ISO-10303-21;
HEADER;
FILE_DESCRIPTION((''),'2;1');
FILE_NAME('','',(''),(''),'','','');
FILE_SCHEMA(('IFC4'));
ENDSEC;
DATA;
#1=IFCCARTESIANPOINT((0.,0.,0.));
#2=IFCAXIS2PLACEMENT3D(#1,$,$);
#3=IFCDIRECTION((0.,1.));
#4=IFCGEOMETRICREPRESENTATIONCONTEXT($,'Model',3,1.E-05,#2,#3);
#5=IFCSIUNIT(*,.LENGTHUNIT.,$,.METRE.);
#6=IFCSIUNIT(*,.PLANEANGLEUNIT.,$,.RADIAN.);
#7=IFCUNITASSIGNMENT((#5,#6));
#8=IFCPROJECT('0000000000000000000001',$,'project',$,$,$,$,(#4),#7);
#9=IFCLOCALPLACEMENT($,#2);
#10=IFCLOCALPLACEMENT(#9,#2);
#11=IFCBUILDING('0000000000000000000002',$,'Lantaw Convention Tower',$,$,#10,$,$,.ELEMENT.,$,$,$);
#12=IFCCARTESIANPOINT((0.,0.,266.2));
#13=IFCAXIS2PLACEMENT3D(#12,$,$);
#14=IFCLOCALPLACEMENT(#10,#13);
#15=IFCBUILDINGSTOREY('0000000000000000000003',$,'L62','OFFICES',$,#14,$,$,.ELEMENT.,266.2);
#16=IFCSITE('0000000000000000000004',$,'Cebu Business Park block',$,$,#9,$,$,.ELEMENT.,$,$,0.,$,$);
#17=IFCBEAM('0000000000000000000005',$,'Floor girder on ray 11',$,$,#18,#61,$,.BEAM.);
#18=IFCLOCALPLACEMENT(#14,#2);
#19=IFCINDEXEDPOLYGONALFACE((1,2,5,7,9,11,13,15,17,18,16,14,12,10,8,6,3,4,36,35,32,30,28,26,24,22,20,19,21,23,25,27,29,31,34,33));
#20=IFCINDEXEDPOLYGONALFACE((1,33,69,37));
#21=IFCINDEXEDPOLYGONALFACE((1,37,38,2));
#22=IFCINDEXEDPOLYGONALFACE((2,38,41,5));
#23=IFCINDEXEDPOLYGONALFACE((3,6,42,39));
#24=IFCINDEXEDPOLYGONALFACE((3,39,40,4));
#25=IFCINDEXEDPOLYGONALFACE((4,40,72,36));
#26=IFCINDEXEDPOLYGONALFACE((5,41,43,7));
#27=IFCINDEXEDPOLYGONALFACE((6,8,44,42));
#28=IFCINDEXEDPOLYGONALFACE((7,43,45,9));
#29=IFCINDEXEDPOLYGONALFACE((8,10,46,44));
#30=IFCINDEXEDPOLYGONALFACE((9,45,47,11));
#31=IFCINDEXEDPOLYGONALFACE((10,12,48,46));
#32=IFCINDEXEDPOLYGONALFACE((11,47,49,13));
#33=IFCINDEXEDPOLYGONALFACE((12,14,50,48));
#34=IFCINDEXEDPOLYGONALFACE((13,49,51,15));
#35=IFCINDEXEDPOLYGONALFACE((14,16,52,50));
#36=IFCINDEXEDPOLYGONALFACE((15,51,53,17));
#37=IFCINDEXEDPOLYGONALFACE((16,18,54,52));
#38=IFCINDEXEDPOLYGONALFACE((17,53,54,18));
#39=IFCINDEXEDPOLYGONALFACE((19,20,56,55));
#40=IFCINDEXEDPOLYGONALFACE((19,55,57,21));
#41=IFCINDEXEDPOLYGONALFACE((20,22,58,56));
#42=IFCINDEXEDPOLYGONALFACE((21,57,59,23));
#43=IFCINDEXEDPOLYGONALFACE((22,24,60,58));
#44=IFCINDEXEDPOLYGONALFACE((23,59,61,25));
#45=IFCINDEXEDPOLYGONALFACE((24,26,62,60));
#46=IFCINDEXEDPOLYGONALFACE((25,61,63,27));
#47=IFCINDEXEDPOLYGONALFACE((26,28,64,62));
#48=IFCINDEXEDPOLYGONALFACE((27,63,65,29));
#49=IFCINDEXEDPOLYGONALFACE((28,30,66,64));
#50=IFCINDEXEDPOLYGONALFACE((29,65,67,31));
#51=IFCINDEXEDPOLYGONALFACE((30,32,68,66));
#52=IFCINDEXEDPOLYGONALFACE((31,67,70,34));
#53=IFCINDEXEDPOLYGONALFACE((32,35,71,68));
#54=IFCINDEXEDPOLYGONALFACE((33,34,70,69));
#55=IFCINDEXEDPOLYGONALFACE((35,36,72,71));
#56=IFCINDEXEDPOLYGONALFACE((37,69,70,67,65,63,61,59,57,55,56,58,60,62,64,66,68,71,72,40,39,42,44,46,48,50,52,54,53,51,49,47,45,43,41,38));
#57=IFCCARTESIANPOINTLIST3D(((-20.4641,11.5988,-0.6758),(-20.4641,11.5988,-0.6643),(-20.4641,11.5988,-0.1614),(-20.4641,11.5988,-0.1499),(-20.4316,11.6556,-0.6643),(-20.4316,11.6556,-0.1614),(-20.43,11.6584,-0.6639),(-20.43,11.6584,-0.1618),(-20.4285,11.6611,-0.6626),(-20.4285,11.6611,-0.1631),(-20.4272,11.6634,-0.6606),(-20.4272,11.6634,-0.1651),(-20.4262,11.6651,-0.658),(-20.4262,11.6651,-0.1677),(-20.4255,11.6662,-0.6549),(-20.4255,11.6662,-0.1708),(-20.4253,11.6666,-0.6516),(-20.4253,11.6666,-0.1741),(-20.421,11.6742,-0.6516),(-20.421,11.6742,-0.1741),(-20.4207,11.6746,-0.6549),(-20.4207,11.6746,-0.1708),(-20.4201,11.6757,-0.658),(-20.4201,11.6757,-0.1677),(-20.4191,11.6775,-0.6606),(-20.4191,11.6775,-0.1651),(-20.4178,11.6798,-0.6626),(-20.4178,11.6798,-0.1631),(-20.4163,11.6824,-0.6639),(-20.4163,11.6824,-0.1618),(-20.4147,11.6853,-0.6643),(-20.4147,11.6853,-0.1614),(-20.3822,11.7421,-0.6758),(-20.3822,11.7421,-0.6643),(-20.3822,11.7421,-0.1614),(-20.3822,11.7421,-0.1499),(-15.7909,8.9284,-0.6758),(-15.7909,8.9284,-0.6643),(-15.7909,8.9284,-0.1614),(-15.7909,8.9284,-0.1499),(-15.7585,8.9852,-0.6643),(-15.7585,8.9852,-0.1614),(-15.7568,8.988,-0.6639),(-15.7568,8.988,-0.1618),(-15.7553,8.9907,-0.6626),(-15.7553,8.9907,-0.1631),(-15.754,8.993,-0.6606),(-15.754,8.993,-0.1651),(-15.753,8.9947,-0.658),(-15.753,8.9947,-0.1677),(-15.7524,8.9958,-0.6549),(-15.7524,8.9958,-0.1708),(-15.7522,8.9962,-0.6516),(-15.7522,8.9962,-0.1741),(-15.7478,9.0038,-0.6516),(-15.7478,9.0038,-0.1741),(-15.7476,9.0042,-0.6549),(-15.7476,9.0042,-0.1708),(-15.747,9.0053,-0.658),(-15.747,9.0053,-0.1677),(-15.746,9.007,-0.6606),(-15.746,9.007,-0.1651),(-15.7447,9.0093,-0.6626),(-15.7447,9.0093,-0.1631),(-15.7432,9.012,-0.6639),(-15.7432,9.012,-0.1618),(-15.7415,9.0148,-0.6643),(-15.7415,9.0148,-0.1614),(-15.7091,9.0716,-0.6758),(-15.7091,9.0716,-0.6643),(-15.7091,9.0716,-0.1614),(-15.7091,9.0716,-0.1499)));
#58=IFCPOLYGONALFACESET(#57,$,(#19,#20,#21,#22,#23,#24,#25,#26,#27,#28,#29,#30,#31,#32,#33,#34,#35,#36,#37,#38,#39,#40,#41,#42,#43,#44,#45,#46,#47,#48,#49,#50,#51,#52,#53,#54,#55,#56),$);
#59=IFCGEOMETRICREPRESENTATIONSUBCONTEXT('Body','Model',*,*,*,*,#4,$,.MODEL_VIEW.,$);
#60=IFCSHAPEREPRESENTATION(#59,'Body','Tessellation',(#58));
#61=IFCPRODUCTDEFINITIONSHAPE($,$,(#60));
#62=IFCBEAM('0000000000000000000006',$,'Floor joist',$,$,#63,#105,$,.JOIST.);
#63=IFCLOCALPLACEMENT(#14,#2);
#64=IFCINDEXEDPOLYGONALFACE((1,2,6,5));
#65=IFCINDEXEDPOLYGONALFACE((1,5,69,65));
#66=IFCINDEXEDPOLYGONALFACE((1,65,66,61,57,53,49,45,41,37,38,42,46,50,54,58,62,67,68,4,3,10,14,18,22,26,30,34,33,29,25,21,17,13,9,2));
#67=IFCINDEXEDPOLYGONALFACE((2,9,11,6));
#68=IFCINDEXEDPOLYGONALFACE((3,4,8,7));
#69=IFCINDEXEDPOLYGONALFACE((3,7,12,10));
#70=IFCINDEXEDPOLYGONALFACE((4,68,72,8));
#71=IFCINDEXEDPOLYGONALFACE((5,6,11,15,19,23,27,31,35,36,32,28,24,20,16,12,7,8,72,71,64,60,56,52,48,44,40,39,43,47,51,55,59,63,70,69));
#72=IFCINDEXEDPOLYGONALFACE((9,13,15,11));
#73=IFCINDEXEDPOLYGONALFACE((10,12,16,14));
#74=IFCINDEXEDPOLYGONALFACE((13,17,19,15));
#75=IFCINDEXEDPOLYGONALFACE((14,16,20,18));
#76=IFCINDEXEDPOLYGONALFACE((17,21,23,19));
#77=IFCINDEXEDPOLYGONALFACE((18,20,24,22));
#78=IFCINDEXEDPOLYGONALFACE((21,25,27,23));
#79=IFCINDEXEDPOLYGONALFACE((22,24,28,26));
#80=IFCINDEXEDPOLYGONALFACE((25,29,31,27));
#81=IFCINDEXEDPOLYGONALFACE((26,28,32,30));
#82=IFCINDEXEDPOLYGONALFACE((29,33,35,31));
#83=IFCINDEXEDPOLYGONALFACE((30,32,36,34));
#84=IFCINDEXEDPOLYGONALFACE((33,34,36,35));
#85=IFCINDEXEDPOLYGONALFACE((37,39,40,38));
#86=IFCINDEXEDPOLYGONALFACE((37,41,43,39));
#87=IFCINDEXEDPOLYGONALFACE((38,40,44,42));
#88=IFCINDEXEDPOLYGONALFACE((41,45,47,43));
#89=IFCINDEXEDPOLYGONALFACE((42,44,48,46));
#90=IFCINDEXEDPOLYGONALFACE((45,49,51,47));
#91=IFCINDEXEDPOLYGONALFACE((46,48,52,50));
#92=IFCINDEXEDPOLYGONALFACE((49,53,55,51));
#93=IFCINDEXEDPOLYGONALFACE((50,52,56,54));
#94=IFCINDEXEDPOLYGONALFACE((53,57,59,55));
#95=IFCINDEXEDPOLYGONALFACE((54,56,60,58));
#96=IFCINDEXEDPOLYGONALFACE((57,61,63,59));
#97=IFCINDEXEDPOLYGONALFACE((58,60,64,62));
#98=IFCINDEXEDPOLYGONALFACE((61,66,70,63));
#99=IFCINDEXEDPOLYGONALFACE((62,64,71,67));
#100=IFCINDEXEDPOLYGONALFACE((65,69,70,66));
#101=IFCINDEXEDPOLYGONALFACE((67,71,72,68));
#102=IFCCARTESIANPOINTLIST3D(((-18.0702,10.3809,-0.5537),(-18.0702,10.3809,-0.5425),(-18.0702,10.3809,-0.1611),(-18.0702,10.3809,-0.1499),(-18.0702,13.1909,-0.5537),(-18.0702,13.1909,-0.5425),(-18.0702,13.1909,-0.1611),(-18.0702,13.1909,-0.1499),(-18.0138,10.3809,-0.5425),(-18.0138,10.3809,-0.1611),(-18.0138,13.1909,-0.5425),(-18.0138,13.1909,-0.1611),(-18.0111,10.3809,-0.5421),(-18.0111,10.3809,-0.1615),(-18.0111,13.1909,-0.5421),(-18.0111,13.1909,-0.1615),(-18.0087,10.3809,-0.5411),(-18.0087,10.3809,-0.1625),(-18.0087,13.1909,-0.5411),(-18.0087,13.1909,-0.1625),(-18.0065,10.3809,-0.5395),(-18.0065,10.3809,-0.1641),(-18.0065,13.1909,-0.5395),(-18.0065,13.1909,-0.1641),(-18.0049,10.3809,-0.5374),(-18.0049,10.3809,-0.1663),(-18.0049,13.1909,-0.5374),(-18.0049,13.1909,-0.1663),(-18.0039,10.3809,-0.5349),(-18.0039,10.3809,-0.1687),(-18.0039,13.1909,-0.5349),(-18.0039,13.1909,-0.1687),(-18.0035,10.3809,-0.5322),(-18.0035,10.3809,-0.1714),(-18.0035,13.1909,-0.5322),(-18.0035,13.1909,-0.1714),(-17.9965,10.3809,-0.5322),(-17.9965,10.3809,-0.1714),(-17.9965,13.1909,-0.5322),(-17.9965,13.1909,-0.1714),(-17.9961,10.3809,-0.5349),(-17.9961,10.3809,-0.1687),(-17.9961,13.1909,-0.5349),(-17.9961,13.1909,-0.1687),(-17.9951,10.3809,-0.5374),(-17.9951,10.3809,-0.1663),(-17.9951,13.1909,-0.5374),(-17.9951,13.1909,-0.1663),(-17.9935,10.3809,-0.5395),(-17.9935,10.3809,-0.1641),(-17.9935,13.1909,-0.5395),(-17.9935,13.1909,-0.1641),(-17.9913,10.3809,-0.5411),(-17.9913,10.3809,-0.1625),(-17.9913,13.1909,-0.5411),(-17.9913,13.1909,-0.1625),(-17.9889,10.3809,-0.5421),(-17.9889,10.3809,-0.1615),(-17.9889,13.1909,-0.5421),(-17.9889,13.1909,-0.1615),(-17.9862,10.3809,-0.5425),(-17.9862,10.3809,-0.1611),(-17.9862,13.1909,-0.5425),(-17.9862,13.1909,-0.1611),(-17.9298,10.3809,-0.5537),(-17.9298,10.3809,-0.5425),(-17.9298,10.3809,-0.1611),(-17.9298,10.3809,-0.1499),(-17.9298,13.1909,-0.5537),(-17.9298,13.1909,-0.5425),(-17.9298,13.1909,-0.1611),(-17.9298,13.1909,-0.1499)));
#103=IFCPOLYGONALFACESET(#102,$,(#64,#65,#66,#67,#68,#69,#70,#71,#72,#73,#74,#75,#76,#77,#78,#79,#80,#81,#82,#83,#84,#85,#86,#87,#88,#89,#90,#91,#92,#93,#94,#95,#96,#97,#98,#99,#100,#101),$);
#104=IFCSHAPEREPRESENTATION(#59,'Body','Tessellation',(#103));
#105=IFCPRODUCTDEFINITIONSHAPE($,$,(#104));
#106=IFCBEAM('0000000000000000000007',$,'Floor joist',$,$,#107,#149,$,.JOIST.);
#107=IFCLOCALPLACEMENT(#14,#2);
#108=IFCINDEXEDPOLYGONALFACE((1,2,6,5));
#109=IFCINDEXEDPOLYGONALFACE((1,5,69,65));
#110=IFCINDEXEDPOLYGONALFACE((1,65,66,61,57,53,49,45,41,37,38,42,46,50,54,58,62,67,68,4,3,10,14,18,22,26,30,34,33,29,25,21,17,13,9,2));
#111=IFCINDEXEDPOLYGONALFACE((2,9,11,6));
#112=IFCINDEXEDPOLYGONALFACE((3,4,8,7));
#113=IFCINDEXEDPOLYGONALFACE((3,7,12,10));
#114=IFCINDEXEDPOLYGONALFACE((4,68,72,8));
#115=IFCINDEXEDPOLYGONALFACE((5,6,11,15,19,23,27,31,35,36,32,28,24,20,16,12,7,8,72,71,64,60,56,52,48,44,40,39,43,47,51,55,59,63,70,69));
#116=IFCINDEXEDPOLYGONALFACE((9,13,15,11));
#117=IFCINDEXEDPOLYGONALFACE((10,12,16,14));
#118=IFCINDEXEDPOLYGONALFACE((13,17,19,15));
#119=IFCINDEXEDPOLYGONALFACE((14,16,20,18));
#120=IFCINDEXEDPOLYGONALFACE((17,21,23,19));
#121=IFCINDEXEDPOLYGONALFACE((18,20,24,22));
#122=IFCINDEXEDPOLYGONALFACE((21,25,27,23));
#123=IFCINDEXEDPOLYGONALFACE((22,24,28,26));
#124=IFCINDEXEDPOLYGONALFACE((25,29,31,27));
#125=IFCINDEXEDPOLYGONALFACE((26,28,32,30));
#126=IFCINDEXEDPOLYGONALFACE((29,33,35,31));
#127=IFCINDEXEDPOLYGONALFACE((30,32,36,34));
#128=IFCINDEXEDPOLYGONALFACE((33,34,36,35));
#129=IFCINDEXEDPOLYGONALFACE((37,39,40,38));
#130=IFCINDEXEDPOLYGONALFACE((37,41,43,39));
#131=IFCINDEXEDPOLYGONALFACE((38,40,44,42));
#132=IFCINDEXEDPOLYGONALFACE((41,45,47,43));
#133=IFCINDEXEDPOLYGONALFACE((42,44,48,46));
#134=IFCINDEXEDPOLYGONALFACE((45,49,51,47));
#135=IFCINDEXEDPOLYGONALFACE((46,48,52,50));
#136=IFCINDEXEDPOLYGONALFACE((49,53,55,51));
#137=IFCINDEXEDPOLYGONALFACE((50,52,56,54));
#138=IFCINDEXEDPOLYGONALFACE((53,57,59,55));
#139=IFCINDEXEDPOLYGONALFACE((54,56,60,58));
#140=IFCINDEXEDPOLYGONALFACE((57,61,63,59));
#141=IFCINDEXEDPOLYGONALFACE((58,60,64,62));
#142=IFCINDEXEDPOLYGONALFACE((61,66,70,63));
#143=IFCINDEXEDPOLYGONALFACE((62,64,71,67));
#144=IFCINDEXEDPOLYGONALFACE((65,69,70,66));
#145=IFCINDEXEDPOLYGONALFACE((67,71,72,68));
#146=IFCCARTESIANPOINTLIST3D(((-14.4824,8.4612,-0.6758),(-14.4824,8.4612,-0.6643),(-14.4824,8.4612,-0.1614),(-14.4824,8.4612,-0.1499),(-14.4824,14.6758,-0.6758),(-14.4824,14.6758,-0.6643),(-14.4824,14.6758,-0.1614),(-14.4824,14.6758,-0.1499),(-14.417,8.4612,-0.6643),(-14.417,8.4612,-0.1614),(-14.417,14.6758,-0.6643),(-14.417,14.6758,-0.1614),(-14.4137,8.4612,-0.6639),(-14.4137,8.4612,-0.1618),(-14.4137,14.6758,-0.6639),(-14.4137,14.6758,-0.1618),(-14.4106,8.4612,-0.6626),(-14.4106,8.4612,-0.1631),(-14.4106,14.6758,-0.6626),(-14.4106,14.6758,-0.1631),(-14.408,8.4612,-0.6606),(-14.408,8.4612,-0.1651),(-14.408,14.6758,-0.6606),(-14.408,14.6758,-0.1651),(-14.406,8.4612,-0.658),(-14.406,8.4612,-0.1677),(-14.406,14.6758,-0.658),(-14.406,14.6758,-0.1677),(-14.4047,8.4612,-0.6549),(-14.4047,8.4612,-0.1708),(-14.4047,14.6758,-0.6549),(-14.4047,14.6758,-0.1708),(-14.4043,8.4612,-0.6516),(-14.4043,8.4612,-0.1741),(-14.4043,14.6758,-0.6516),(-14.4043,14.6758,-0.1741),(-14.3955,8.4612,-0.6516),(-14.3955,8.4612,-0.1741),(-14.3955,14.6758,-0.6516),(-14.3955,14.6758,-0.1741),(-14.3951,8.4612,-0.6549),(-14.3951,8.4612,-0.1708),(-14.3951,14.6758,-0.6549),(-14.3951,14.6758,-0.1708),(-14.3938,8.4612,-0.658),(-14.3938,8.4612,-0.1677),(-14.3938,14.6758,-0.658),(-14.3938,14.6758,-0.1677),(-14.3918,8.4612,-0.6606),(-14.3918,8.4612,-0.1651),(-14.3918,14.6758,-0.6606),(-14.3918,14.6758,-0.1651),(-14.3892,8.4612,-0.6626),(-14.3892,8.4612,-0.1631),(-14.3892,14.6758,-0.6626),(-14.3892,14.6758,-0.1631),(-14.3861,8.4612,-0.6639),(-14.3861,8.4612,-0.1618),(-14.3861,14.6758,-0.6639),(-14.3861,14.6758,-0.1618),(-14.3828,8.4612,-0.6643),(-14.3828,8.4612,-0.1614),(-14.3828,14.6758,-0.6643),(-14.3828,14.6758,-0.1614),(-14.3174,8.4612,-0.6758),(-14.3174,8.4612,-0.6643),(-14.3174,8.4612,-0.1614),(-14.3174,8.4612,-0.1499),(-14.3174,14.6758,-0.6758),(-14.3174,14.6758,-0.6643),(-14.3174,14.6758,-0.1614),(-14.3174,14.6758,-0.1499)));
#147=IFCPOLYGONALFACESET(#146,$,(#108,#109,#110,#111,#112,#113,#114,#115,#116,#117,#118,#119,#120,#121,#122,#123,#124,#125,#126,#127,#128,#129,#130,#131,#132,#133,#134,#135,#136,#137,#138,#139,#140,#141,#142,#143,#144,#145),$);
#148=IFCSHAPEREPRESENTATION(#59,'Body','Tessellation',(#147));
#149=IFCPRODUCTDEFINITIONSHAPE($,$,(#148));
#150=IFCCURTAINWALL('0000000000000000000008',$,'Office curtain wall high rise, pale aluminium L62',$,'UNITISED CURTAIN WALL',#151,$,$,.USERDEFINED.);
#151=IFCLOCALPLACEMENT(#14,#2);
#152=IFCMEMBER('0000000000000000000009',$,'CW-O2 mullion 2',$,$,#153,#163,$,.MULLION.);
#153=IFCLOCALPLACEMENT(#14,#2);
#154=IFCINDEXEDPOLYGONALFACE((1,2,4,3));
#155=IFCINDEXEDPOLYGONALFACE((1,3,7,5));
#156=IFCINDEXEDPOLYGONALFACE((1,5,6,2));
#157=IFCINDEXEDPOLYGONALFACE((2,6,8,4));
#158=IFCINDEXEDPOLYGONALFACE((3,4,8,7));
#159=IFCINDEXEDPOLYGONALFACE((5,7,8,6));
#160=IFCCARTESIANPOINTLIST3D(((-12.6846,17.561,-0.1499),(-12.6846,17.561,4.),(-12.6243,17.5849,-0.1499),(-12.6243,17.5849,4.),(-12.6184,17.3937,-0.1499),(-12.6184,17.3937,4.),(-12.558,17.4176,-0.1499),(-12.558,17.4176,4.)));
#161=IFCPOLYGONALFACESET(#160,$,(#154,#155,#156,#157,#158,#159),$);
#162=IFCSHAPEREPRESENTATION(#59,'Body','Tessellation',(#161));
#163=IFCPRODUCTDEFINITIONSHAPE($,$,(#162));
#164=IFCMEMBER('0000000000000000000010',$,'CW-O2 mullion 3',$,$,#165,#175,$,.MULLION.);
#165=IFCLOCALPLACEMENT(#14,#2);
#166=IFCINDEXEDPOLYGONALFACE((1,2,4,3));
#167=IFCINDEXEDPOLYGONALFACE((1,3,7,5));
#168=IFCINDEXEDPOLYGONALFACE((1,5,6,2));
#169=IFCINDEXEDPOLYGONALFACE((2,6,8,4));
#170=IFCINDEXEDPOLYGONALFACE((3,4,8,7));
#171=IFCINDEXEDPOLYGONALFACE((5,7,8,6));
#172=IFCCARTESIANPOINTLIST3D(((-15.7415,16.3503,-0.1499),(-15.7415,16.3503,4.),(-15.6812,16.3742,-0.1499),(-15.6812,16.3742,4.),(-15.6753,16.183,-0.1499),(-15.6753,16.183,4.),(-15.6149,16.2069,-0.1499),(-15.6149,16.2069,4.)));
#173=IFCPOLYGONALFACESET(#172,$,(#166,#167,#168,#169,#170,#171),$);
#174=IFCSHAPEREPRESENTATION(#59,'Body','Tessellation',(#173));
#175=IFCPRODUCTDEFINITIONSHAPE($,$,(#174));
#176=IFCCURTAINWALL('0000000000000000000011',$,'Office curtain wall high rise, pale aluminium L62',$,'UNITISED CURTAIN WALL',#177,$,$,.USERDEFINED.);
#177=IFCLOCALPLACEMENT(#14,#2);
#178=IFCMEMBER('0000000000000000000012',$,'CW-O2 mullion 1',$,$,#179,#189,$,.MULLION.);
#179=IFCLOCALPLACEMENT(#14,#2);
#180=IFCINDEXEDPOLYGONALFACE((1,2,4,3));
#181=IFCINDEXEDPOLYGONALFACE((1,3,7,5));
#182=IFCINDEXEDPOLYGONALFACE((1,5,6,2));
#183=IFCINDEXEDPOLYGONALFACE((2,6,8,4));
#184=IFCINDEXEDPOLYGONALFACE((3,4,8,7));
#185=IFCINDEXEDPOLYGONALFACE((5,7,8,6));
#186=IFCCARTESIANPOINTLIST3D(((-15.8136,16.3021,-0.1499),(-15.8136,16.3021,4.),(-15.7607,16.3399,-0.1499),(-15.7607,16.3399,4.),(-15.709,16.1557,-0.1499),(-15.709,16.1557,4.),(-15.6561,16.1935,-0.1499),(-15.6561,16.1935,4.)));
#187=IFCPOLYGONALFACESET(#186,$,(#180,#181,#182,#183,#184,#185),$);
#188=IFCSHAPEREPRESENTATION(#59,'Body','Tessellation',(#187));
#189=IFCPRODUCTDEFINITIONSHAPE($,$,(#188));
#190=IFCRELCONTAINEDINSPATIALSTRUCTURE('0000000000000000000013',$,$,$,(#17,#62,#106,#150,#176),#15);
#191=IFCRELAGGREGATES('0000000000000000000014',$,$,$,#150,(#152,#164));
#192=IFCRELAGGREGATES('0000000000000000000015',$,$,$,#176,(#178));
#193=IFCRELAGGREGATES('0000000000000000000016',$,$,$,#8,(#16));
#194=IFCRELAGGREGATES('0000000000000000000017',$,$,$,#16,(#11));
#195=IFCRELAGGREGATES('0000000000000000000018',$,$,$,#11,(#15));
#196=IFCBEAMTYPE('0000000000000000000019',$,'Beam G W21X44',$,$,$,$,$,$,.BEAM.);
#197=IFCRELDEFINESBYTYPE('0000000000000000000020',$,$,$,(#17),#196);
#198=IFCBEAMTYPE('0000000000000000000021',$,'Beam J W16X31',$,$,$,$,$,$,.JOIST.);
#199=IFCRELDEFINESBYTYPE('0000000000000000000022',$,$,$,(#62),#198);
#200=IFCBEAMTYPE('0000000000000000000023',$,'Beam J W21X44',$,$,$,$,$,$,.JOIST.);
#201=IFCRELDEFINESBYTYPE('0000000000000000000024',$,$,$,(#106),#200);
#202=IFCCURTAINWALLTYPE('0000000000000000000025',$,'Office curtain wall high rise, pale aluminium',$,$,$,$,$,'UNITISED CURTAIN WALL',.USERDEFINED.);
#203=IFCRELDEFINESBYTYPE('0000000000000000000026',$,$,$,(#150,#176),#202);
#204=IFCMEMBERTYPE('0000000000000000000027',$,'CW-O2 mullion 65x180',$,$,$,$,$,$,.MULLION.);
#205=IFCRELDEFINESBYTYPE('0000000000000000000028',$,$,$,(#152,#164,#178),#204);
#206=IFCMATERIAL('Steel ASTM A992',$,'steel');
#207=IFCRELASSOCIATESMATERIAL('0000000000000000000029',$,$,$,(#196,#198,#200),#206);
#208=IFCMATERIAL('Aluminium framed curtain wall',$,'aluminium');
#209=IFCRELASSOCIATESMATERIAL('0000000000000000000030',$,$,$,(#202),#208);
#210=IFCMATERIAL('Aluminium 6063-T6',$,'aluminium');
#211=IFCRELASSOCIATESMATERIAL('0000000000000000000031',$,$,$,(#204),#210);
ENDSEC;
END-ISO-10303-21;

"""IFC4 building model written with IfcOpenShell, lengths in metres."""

from ifc_helpers import new_model, si_unit, direction, frame, origin, origin_2d, place, context, subcontext, project, spatial, rectangle, i_section, extrude, material, material_profile, profile_set, type_object, element, aggregate, save


model = new_model("IFC4")

# Units and contexts
model_context = context("Model", 3, precision=1e-05, world=origin(), true_north=direction((0.0, 1.0)))
body_context = subcontext(model_context, "Body", "Model", "MODEL_VIEW")
ifc_project = project(units=[si_unit("LENGTHUNIT", "METRE"), si_unit("PLANEANGLEUNIT", "RADIAN")], contexts=[model_context])

# Site, building, storey
site_placement = place(None, origin())
site = spatial("IfcSite", under=ifc_project, at=site_placement, Name="Cebu Business Park block", CompositionType="ELEMENT", RefElevation=0.0)
building_placement = place(site_placement, origin())
building = spatial("IfcBuilding", under=site, at=building_placement, Name="Lantaw Convention Tower", CompositionType="ELEMENT")
storey_placement = place(building_placement, frame((0.0, 0.0, 266.2)))
storey = spatial("IfcBuildingStorey", under=building, at=storey_placement, Name="L62", Description="OFFICES", CompositionType="ELEMENT", Elevation=266.2)

# Beams
ifc_material_1 = material(Name="Steel ASTM A992", Category="steel")
ifc_material_profile_1 = material_profile(ifc_material_1, i_section(OverallWidth=0.165, OverallDepth=0.5259, WebThickness=0.0088, FlangeThickness=0.0115, FilletRadius=0.0127, at=origin_2d()), Name="W21X44")
ifc_profile_set_1 = profile_set([ifc_material_profile_1], Name="Steel ASTM A992")
beam_type_1 = type_object("IfcBeamType", Name="Beam G W21X44", PredefinedType="BEAM", material=ifc_profile_set_1)
beam_1_placement = place(storey_placement, frame((-15.75, 9.0, -0.4128), z_axis=(-0.868238, 0.496149, 0.0), x_axis=(-0.496149, -0.868238, 0.0)))
element("IfcBeam", 1, at=beam_1_placement, inside=storey, type_object=beam_type_1, Name="Floor girder on ray 11", PredefinedType="BEAM", context=body_context, shape_type="SweptSolid", body=[
    extrude(i_section(OverallWidth=0.165, OverallDepth=0.5259, WebThickness=0.0088, FlangeThickness=0.0115, FilletRadius=0.0127, at=origin_2d()), origin(), (0.0, 0.0, 1.0), 5.3823),
])
ifc_material_profile_2 = material_profile(ifc_material_1, i_section(OverallWidth=0.1404, OverallDepth=0.4038, WebThickness=0.0071, FlangeThickness=0.0112, FilletRadius=0.0103, at=origin_2d()), Name="W16X31")
ifc_profile_set_2 = profile_set([ifc_material_profile_2], Name="Steel ASTM A992")
beam_type_2 = type_object("IfcBeamType", Name="Beam J W16X31", PredefinedType="JOIST", material=ifc_profile_set_2)
beam_2_placement = place(storey_placement, frame((-18.0, 10.3809, -0.3518), z_axis=(0.0, 1.0, 0.0), x_axis=(-1.0, 0.0, 0.0)))
element("IfcBeam", 2, at=beam_2_placement, inside=storey, type_object=beam_type_2, Name="Floor joist", PredefinedType="JOIST", context=body_context, shape_type="SweptSolid", body=[
    extrude(i_section(OverallWidth=0.1404, OverallDepth=0.4038, WebThickness=0.0071, FlangeThickness=0.0112, FilletRadius=0.0103, at=origin_2d()), origin(), (0.0, 0.0, 1.0), 2.8101),
])
ifc_material_profile_3 = material_profile(ifc_material_1, i_section(OverallWidth=0.165, OverallDepth=0.5259, WebThickness=0.0088, FlangeThickness=0.0115, FilletRadius=0.0127, at=origin_2d()), Name="W21X44")
ifc_profile_set_3 = profile_set([ifc_material_profile_3], Name="Steel ASTM A992")
beam_type_3 = type_object("IfcBeamType", Name="Beam J W21X44", PredefinedType="JOIST", material=ifc_profile_set_3)
beam_3_placement = place(storey_placement, frame((-14.3999, 8.4612, -0.4128), z_axis=(0.0, 1.0, 0.0), x_axis=(-1.0, 0.0, 0.0)))
element("IfcBeam", 3, at=beam_3_placement, inside=storey, type_object=beam_type_3, Name="Floor joist", PredefinedType="JOIST", context=body_context, shape_type="SweptSolid", body=[
    extrude(i_section(OverallWidth=0.165, OverallDepth=0.5259, WebThickness=0.0088, FlangeThickness=0.0115, FilletRadius=0.0127, at=origin_2d()), origin(), (0.0, 0.0, 1.0), 6.2146),
])

# Curtain walls, members
ifc_material_2 = material(Name="Aluminium framed curtain wall", Category="aluminium")
curtain_wall_type = type_object("IfcCurtainWallType", Name="Office curtain wall high rise, pale aluminium", ElementType="UNITISED CURTAIN WALL", PredefinedType="USERDEFINED", material=ifc_material_2)
curtain_wall_1_placement = place(storey_placement, origin())
curtain_wall_1 = element("IfcCurtainWall", 4, at=curtain_wall_1_placement, inside=storey, type_object=curtain_wall_type, Name="Office curtain wall high rise, pale aluminium L62", ObjectType="UNITISED CURTAIN WALL", PredefinedType="USERDEFINED")
ifc_material_3 = material(Name="Aluminium 6063-T6", Category="aluminium")
ifc_material_profile_4 = material_profile(ifc_material_3, rectangle(XDim=0.1799, YDim=0.0649, at=origin_2d()), Name="CW-O2 mullion 65x180")
ifc_profile_set_4 = profile_set([ifc_material_profile_4], Name="Aluminium 6063-T6")
member_type_1 = type_object("IfcMemberType", Name="CW-O2 mullion 65x180", PredefinedType="MULLION", material=ifc_profile_set_4)
member_1_placement = place(storey_placement, frame((-12.6213, 17.4893, -0.1499), z_axis=(0.0, 0.0, 1.0), x_axis=(0.368162, -0.929762, 0.0)))
member_1 = element("IfcMember", 5, at=member_1_placement, type_object=member_type_1, Name="CW-O2 mullion 2", PredefinedType="MULLION", context=body_context, shape_type="SweptSolid", body=[
    extrude(rectangle(XDim=0.1799, YDim=0.0649, at=origin_2d()), origin(), (0.0, 0.0, 1.0), 4.1499),
])
member_2_placement = place(storey_placement, frame((-15.6782, 16.2786, -0.1499), z_axis=(0.0, 0.0, 1.0), x_axis=(0.368162, -0.929762, 0.0)))
member_2 = element("IfcMember", 6, at=member_2_placement, type_object=member_type_1, Name="CW-O2 mullion 3", PredefinedType="MULLION", context=body_context, shape_type="SweptSolid", body=[
    extrude(rectangle(XDim=0.1799, YDim=0.0649, at=origin_2d()), origin(), (0.0, 0.0, 1.0), 4.1499),
])
curtain_wall_2_placement = place(storey_placement, origin())
curtain_wall_2 = element("IfcCurtainWall", 7, at=curtain_wall_2_placement, inside=storey, type_object=curtain_wall_type, Name="Office curtain wall high rise, pale aluminium L62", ObjectType="UNITISED CURTAIN WALL", PredefinedType="USERDEFINED")
member_3_placement = place(storey_placement, frame((-15.7349, 16.2478, -0.1499), z_axis=(0.0, 0.0, 1.0), x_axis=(0.581323, -0.813673, 0.0)))
member_3 = element("IfcMember", 8, at=member_3_placement, type_object=member_type_1, Name="CW-O2 mullion 1", PredefinedType="MULLION", context=body_context, shape_type="SweptSolid", body=[
    extrude(rectangle(XDim=0.1799, YDim=0.0649, at=origin_2d()), origin(), (0.0, 0.0, 1.0), 4.1499),
])

aggregate(curtain_wall_1, [member_1, member_2])
aggregate(curtain_wall_2, [member_3])

save(model, "model.ifc")
